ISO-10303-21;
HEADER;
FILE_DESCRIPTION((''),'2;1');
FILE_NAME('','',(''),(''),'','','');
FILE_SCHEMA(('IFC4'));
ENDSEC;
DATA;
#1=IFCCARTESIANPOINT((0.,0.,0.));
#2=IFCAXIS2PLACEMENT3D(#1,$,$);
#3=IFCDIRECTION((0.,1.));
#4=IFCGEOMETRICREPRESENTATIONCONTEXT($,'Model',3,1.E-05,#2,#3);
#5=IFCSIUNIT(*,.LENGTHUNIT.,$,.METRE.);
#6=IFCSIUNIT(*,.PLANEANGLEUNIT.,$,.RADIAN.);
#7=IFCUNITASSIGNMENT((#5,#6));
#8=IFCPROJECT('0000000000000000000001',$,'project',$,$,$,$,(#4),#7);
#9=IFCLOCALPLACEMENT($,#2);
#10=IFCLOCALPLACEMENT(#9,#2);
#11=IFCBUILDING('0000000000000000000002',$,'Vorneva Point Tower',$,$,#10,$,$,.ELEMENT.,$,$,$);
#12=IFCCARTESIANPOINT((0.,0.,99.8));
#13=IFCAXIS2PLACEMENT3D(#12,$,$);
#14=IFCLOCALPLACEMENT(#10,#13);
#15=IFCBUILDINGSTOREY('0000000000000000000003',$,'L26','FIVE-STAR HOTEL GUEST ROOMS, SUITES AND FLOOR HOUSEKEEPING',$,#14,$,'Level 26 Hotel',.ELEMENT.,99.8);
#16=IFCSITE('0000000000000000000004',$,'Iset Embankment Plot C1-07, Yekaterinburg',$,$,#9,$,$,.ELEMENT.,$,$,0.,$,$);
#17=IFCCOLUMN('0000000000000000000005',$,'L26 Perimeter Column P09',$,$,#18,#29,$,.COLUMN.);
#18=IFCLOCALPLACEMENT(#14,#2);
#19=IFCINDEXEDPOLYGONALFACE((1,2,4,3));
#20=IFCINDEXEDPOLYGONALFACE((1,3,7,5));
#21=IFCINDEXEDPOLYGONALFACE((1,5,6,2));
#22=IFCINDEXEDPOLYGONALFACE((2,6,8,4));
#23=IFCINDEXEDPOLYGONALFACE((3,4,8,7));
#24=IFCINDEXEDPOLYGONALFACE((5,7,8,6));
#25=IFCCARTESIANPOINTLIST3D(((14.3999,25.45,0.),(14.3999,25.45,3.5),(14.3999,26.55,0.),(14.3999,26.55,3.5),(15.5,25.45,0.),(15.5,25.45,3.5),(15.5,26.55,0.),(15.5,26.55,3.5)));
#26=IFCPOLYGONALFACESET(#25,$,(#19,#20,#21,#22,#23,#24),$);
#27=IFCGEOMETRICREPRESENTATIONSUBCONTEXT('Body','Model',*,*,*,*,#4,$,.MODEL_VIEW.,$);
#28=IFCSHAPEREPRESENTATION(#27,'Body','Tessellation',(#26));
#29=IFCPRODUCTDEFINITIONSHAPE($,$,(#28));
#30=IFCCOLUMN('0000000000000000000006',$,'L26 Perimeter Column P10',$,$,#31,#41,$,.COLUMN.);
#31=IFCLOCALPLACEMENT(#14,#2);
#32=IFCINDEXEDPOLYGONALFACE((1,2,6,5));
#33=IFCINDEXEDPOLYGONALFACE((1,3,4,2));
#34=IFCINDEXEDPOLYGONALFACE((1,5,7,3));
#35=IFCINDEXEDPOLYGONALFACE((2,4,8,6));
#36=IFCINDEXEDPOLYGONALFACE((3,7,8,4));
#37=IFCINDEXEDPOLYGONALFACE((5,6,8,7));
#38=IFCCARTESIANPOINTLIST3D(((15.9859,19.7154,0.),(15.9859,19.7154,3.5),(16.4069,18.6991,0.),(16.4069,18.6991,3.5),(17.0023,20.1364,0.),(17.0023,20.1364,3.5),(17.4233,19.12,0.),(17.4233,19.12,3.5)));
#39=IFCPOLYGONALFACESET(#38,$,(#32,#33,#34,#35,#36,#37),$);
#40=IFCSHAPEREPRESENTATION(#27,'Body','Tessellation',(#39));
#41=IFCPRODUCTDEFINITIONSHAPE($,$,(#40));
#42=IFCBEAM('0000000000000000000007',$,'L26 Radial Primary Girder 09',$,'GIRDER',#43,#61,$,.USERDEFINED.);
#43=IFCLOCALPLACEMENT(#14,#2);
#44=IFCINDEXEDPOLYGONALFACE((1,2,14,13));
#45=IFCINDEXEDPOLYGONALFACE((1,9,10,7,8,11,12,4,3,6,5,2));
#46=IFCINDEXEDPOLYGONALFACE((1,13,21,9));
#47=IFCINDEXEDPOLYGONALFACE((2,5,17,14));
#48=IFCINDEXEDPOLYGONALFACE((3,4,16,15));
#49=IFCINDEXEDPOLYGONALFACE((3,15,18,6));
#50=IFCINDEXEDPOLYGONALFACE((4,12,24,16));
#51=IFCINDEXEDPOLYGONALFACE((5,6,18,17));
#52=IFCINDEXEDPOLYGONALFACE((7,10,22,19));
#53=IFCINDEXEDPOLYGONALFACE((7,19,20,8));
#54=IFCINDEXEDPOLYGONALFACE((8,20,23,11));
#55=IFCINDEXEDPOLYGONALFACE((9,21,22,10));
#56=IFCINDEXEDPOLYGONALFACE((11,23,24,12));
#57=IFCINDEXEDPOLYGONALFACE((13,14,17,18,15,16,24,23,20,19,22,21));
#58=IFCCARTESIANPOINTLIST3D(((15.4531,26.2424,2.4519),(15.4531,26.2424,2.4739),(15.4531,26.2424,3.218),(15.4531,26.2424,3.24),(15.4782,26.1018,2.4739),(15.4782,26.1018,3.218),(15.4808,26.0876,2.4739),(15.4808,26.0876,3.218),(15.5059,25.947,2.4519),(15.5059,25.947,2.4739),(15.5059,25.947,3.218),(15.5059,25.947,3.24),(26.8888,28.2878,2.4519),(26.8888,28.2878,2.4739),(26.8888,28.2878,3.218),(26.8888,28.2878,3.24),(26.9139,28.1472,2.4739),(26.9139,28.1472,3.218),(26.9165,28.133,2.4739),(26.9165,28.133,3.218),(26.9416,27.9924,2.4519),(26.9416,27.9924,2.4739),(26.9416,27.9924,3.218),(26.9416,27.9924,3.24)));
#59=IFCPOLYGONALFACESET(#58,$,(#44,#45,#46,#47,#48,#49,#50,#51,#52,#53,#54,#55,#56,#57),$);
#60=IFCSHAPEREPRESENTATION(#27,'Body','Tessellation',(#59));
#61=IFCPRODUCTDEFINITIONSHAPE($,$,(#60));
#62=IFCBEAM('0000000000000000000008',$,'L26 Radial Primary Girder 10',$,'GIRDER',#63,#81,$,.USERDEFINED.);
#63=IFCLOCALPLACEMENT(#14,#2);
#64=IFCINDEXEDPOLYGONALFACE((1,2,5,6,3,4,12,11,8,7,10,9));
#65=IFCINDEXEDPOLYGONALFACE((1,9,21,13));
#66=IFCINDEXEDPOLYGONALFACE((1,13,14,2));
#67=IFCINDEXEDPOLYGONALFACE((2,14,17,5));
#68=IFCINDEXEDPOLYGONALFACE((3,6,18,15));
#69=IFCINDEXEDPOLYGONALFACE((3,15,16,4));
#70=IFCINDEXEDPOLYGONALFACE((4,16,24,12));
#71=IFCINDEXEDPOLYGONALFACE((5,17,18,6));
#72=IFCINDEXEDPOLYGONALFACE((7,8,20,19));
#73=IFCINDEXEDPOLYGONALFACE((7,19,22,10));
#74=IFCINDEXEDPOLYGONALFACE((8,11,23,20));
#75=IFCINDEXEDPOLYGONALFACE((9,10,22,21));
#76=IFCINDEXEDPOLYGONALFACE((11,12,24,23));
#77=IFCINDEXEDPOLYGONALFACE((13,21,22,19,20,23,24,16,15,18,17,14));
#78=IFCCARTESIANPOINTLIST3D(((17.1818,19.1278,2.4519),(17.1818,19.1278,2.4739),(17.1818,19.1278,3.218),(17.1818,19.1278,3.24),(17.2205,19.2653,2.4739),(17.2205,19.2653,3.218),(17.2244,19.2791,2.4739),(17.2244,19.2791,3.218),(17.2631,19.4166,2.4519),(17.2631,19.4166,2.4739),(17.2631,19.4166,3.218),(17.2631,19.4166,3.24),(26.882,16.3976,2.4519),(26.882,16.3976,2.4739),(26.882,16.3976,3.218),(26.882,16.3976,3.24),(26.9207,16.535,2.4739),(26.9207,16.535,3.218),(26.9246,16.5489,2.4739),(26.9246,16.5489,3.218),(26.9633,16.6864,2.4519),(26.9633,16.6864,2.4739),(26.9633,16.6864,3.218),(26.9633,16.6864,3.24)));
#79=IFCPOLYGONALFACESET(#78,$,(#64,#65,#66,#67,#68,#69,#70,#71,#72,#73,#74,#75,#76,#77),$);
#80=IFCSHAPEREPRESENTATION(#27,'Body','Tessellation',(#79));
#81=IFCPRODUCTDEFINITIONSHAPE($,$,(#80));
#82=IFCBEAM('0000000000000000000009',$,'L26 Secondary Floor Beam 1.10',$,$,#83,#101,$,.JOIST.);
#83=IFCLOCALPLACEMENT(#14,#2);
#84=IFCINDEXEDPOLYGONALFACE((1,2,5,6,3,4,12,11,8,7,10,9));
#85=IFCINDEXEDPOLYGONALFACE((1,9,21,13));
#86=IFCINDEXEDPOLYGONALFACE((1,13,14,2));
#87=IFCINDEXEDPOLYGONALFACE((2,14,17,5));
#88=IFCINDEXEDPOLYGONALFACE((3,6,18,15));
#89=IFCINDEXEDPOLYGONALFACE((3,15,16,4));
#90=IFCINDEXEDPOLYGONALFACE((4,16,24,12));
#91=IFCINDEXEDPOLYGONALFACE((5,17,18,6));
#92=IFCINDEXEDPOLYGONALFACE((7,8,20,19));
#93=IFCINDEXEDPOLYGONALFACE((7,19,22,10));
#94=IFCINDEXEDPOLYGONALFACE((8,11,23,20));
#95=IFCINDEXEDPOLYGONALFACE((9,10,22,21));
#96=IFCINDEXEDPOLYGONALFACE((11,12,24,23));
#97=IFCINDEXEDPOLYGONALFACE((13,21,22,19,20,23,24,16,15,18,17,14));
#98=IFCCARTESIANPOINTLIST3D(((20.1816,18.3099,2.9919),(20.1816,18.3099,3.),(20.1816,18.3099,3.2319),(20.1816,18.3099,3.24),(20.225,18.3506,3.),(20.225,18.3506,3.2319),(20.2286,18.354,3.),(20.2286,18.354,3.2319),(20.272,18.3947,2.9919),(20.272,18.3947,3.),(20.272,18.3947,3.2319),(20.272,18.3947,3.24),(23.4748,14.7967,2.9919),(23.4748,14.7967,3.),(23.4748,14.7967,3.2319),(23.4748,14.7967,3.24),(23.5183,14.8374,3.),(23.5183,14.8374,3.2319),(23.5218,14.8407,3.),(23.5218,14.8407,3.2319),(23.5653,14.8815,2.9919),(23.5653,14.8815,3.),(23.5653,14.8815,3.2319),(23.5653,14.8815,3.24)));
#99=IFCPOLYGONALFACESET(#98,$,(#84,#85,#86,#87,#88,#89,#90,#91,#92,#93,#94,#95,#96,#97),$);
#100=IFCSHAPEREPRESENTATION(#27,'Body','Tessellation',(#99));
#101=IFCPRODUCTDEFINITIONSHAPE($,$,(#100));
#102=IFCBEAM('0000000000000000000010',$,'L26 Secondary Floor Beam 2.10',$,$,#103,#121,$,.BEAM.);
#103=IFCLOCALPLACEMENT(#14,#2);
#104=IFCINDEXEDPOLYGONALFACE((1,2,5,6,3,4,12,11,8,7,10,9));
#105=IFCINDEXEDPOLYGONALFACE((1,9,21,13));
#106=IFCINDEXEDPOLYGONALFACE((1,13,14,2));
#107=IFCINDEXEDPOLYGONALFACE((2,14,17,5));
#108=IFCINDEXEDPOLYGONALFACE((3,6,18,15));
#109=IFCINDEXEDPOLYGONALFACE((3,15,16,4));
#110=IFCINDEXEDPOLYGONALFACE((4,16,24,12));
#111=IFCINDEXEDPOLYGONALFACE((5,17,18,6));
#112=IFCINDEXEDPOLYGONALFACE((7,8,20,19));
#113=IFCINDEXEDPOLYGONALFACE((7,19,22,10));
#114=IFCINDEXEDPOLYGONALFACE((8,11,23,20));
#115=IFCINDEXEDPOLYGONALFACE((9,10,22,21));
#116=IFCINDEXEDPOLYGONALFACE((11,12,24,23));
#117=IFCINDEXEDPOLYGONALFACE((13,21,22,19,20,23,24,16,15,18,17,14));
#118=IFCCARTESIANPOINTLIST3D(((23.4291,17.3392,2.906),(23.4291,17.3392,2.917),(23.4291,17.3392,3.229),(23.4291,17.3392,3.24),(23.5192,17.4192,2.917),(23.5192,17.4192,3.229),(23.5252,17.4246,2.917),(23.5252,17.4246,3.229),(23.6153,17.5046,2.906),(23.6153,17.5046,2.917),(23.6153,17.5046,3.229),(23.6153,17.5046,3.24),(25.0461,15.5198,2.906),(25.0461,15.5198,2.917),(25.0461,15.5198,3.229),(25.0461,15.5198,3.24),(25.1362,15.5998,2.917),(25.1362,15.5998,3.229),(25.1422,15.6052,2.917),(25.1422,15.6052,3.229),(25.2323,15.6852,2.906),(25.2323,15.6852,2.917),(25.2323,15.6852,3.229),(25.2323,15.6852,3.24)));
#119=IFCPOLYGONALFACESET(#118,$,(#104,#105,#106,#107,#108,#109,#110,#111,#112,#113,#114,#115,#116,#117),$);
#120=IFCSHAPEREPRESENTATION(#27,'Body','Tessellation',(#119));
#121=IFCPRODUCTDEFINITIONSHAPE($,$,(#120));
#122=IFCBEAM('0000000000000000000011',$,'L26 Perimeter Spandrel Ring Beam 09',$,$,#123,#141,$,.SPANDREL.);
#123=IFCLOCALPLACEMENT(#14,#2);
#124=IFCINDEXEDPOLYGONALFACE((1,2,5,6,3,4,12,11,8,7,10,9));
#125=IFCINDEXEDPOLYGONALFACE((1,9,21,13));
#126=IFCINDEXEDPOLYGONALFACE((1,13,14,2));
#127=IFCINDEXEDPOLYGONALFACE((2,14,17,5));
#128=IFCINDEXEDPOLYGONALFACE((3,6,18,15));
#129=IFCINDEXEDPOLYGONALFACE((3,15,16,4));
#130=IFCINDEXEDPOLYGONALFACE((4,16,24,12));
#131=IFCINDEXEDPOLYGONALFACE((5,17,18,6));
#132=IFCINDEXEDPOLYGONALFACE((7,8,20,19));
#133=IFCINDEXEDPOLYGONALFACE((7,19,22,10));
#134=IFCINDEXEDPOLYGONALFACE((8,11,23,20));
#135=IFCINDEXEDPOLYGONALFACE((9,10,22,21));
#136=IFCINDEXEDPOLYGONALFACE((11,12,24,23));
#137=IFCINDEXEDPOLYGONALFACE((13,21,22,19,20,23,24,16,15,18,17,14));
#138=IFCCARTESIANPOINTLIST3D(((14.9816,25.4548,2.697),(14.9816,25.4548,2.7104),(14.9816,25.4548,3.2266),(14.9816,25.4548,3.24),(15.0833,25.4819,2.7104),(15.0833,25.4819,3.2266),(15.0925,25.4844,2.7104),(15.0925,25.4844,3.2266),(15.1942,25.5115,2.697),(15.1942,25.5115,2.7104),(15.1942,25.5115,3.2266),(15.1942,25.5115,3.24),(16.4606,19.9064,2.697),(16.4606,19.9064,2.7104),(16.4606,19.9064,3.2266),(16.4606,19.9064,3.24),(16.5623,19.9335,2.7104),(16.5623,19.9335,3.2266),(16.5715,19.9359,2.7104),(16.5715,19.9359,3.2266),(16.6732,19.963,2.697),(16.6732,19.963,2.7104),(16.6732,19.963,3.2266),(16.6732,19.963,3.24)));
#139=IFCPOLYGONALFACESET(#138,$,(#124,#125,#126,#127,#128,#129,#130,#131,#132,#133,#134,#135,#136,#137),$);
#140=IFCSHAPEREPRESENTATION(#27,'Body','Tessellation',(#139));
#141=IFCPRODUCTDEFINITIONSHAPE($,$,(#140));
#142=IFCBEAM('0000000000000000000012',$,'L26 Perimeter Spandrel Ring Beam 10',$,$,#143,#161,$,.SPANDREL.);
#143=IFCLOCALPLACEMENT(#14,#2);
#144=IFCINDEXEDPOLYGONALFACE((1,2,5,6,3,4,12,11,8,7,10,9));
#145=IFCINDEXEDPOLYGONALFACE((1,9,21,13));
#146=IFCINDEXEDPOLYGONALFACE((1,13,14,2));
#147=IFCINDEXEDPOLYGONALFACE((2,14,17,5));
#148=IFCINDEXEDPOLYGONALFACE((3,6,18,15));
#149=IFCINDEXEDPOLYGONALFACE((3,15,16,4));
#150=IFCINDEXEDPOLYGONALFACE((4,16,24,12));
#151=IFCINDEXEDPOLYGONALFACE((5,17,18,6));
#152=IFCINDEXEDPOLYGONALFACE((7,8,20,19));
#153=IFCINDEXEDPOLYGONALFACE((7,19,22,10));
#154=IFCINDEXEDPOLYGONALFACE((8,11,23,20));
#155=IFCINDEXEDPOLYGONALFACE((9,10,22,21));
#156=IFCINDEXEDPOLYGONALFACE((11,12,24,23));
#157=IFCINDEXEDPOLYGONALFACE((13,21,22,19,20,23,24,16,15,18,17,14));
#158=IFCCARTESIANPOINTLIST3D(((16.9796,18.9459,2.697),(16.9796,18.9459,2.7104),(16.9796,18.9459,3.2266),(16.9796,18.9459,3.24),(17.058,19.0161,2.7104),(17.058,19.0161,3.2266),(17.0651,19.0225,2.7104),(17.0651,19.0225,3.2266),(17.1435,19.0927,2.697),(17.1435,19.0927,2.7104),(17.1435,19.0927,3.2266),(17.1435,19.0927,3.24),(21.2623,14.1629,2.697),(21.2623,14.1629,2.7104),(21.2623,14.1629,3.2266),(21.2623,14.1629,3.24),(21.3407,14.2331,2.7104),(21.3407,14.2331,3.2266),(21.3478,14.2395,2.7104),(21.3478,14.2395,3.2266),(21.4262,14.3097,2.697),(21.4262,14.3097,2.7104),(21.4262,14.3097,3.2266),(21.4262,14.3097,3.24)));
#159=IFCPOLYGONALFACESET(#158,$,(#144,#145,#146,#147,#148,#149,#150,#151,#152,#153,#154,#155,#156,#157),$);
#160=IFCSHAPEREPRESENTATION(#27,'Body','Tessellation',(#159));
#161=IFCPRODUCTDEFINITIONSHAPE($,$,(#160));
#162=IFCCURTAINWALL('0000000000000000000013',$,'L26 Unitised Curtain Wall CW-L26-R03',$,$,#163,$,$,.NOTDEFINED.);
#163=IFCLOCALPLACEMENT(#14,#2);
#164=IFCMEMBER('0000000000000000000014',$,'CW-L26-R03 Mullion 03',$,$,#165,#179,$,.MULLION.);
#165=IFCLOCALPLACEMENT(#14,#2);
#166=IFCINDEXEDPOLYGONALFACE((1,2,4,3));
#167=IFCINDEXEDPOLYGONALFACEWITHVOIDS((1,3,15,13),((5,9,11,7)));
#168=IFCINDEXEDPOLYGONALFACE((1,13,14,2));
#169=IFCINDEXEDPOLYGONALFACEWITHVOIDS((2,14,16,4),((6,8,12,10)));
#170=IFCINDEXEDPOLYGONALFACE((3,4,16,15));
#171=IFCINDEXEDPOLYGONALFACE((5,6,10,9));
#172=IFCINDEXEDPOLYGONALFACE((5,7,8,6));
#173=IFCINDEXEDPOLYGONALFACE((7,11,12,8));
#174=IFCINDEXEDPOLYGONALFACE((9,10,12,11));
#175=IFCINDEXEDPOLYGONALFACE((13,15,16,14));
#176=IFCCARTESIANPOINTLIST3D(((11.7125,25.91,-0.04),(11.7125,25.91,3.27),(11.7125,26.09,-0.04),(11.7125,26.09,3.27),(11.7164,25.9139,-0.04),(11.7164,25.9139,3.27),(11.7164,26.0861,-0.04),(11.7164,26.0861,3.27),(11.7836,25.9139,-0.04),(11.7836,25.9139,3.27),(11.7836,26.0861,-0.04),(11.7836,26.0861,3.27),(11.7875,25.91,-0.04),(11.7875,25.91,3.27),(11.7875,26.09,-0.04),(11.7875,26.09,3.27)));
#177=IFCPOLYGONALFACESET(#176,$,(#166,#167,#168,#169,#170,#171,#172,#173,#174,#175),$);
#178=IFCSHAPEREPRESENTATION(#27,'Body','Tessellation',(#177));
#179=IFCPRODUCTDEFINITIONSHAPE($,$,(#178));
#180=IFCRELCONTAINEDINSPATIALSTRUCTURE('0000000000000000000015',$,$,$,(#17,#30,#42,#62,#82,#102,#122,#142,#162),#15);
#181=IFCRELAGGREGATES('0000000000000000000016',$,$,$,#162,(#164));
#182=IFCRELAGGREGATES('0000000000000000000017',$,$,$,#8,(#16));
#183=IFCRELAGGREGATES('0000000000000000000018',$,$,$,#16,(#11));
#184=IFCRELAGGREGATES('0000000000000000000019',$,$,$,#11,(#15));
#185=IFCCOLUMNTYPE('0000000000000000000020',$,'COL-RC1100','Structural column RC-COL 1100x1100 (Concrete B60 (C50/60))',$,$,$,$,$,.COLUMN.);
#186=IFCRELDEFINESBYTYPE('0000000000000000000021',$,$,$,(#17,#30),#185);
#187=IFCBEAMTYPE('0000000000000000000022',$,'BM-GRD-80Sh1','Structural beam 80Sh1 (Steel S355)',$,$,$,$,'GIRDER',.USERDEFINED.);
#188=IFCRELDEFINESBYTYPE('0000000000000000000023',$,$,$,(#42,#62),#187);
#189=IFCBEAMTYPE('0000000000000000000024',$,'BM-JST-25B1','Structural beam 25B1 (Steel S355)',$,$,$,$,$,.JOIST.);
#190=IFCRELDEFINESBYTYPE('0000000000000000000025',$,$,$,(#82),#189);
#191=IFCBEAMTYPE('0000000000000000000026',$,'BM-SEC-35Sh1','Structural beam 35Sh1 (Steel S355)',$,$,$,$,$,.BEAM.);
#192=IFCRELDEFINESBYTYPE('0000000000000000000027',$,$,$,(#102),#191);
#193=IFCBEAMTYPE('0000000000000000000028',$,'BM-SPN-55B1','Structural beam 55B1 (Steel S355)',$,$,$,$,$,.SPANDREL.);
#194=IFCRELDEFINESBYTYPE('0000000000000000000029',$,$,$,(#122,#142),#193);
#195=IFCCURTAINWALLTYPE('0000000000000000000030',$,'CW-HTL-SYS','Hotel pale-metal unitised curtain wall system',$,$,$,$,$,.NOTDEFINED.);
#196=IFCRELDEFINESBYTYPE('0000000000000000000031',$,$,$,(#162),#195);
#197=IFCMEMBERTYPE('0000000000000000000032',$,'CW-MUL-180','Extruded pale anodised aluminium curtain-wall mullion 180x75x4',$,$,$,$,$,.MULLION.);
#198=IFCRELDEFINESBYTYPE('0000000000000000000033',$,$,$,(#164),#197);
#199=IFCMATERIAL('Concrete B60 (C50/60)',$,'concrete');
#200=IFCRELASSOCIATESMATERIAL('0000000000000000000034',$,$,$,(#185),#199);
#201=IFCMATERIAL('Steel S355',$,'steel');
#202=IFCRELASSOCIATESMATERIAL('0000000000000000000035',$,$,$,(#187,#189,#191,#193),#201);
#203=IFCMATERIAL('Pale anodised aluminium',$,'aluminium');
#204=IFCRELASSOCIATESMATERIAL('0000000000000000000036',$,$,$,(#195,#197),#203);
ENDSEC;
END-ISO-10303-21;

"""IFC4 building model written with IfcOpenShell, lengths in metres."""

from ifc_helpers import new_model, si_unit, direction, frame, origin, origin_2d, place, context, subcontext, project, spatial, rectangle, hollow_rectangle, i_section, extrude, material, material_profile, profile_set, type_object, element, aggregate, save


model = new_model("IFC4")

# Units and contexts
model_context = context("Model", 3, precision=1e-05, world=origin(), true_north=direction((0.0, 1.0)))
body_context = subcontext(model_context, "Body", "Model", "MODEL_VIEW")
ifc_project = project(units=[si_unit("LENGTHUNIT", "METRE"), si_unit("PLANEANGLEUNIT", "RADIAN")], contexts=[model_context])

# Site, building, storey
site_placement = place(None, origin())
site = spatial("IfcSite", under=ifc_project, at=site_placement, Name="Iset Embankment Plot C1-07, Yekaterinburg", CompositionType="ELEMENT", RefElevation=0.0)
building_placement = place(site_placement, origin())
building = spatial("IfcBuilding", under=site, at=building_placement, Name="Vorneva Point Tower", CompositionType="ELEMENT")
storey_placement = place(building_placement, frame((0.0, 0.0, 99.8)))
storey = spatial("IfcBuildingStorey", under=building, at=storey_placement, Name="L26", Description="FIVE-STAR HOTEL GUEST ROOMS, SUITES AND FLOOR HOUSEKEEPING", LongName="Level 26 Hotel", CompositionType="ELEMENT", Elevation=99.8)

# Columns
ifc_material_1 = material(Name="Concrete B60 (C50/60)", Category="concrete")
ifc_material_profile_1 = material_profile(ifc_material_1, rectangle(XDim=1.1001, YDim=1.1001, at=origin_2d()), Name="RC-COL 1100x1100")
ifc_profile_set_1 = profile_set([ifc_material_profile_1], Name="Concrete B60 (C50/60)")
column_type = type_object("IfcColumnType", Name="COL-RC1100", Description="Structural column RC-COL 1100x1100 (Concrete B60 (C50/60))", PredefinedType="COLUMN", material=ifc_profile_set_1)
for number, where, z_axis, x_axis, name in (
    (1, (14.95, 26.0, 0.0), (0.0, 0.0, 1.0), (-1.0, 0.0, 0.0), "L26 Perimeter Column P09"),
    (2, (16.7046, 19.4177, 0.0), (0.0, 0.0, 1.0), (-0.92388, -0.382683, 0.0), "L26 Perimeter Column P10"),
):
    element("IfcColumn", number, at=place(storey_placement, frame(where, z_axis=z_axis, x_axis=x_axis)), inside=storey, type_object=column_type, Name=name, PredefinedType="COLUMN", context=body_context, shape_type="SweptSolid", body=[
        extrude(rectangle(XDim=1.1001, YDim=1.1001, at=origin_2d()), origin(), (0.0, 0.0, 1.0), 3.5),
    ])

# Beams
ifc_material_2 = material(Name="Steel S355", Category="steel")
ifc_material_profile_2 = material_profile(ifc_material_2, i_section(OverallWidth=0.3, OverallDepth=0.7881, WebThickness=0.0144, FlangeThickness=0.022, at=origin_2d()), Name="80Sh1")
ifc_profile_set_2 = profile_set([ifc_material_profile_2], Name="Steel S355")
beam_type_1 = type_object("IfcBeamType", Name="BM-GRD-80Sh1", Description="Structural beam 80Sh1 (Steel S355)", ElementType="GIRDER", PredefinedType="USERDEFINED", material=ifc_profile_set_2)
beam_1_placement = place(storey_placement, frame((15.4795, 26.0947, 2.8459), z_axis=(0.984378, 0.176066, 0.0), x_axis=(-0.176066, 0.984378, 0.0)))
element("IfcBeam", 3, at=beam_1_placement, inside=storey, type_object=beam_type_1, Name="L26 Radial Primary Girder 09", ObjectType="GIRDER", PredefinedType="USERDEFINED", context=body_context, shape_type="SweptSolid", body=[
    extrude(i_section(OverallWidth=0.3, OverallDepth=0.7881, WebThickness=0.0144, FlangeThickness=0.022, at=origin_2d()), origin(), (0.0, 0.0, 1.0), 11.6172),
])
beam_2_placement = place(storey_placement, frame((17.2224, 19.2722, 2.8459), z_axis=(0.962598, -0.270934, 0.0), x_axis=(0.270934, 0.962598, 0.0)))
element("IfcBeam", 4, at=beam_2_placement, inside=storey, type_object=beam_type_1, Name="L26 Radial Primary Girder 10", ObjectType="GIRDER", PredefinedType="USERDEFINED", context=body_context, shape_type="SweptSolid", body=[
    extrude(i_section(OverallWidth=0.3, OverallDepth=0.7881, WebThickness=0.0144, FlangeThickness=0.022, at=origin_2d()), origin(), (0.0, 0.0, 1.0), 10.0771),
])
ifc_material_profile_3 = material_profile(ifc_material_2, i_section(OverallWidth=0.124, OverallDepth=0.248, WebThickness=0.0049, FlangeThickness=0.0081, at=origin_2d()), Name="25B1")
ifc_profile_set_3 = profile_set([ifc_material_profile_3], Name="Steel S355")
beam_type_2 = type_object("IfcBeamType", Name="BM-JST-25B1", Description="Structural beam 25B1 (Steel S355)", PredefinedType="JOIST", material=ifc_profile_set_3)
beam_3_placement = place(storey_placement, frame((20.2268, 18.3523, 3.116), z_axis=(0.683897, -0.729578, 0.0), x_axis=(0.729578, 0.683897, 0.0)))
element("IfcBeam", 5, at=beam_3_placement, inside=storey, type_object=beam_type_2, Name="L26 Secondary Floor Beam 1.10", PredefinedType="JOIST", context=body_context, shape_type="SweptSolid", body=[
    extrude(i_section(OverallWidth=0.124, OverallDepth=0.248, WebThickness=0.0049, FlangeThickness=0.0081, at=origin_2d()), origin(), (0.0, 0.0, 1.0), 4.8154),
])
ifc_material_profile_4 = material_profile(ifc_material_2, i_section(OverallWidth=0.249, OverallDepth=0.334, WebThickness=0.0081, FlangeThickness=0.011, at=origin_2d()), Name="35Sh1")
ifc_profile_set_4 = profile_set([ifc_material_profile_4], Name="Steel S355")
beam_type_3 = type_object("IfcBeamType", Name="BM-SEC-35Sh1", Description="Structural beam 35Sh1 (Steel S355)", PredefinedType="BEAM", material=ifc_profile_set_4)
beam_4_placement = place(storey_placement, frame((23.5222, 17.4219, 3.073), z_axis=(0.664308, -0.747459, 0.0), x_axis=(0.747459, 0.664308, 0.0)))
element("IfcBeam", 6, at=beam_4_placement, inside=storey, type_object=beam_type_3, Name="L26 Secondary Floor Beam 2.10", PredefinedType="BEAM", context=body_context, shape_type="SweptSolid", body=[
    extrude(i_section(OverallWidth=0.249, OverallDepth=0.334, WebThickness=0.0081, FlangeThickness=0.011, at=origin_2d()), origin(), (0.0, 0.0, 1.0), 2.4341),
])
ifc_material_profile_5 = material_profile(ifc_material_2, i_section(OverallWidth=0.22, OverallDepth=0.543, WebThickness=0.0095, FlangeThickness=0.0134, at=origin_2d()), Name="55B1")
ifc_profile_set_5 = profile_set([ifc_material_profile_5], Name="Steel S355")
beam_type_4 = type_object("IfcBeamType", Name="BM-SPN-55B1", Description="Structural beam 55B1 (Steel S355)", PredefinedType="SPANDREL", material=ifc_profile_set_5)
beam_5_placement = place(storey_placement, frame((15.0879, 25.4832, 2.9685), z_axis=(0.257573, -0.966259, 0.0), x_axis=(0.966259, 0.257573, 0.0)))
element("IfcBeam", 7, at=beam_5_placement, inside=storey, type_object=beam_type_4, Name="L26 Perimeter Spandrel Ring Beam 09", PredefinedType="SPANDREL", context=body_context, shape_type="SweptSolid", body=[
    extrude(i_section(OverallWidth=0.22, OverallDepth=0.543, WebThickness=0.0095, FlangeThickness=0.0134, at=origin_2d()), origin(), (0.0, 0.0, 1.0), 5.7422),
])
beam_6_placement = place(storey_placement, frame((17.0615, 19.0193, 2.9685), z_axis=(0.667074, -0.744992, 0.0), x_axis=(0.744992, 0.667074, 0.0)))
element("IfcBeam", 8, at=beam_6_placement, inside=storey, type_object=beam_type_4, Name="L26 Perimeter Spandrel Ring Beam 10", PredefinedType="SPANDREL", context=body_context, shape_type="SweptSolid", body=[
    extrude(i_section(OverallWidth=0.22, OverallDepth=0.543, WebThickness=0.0095, FlangeThickness=0.0134, at=origin_2d()), origin(), (0.0, 0.0, 1.0), 6.4202),
])

# Curtain wall, member
ifc_material_3 = material(Name="Pale anodised aluminium", Category="aluminium")
curtain_wall_type = type_object("IfcCurtainWallType", Name="CW-HTL-SYS", Description="Hotel pale-metal unitised curtain wall system", PredefinedType="NOTDEFINED", material=ifc_material_3)
curtain_wall_placement = place(storey_placement, origin())
curtain_wall = element("IfcCurtainWall", 9, at=curtain_wall_placement, inside=storey, type_object=curtain_wall_type, Name="L26 Unitised Curtain Wall CW-L26-R03", PredefinedType="NOTDEFINED")
ifc_material_profile_6 = material_profile(ifc_material_3, hollow_rectangle(XDim=0.075, YDim=0.1799, WallThickness=0.0039, at=origin_2d()), Name="AL-MUL 180x75x4")
ifc_profile_set_6 = profile_set([ifc_material_profile_6], Name="Pale anodised aluminium")
member_type_1 = type_object("IfcMemberType", Name="CW-MUL-180", Description="Extruded pale anodised aluminium curtain-wall mullion 180x75x4", PredefinedType="MULLION", material=ifc_profile_set_6)
member_1_placement = place(storey_placement, frame((11.75, 26.0, -0.04), z_axis=(0.0, 0.0, 1.0), x_axis=(1.0, 0.0, 0.0)))
member_1 = element("IfcMember", 10, at=member_1_placement, type_object=member_type_1, Name="CW-L26-R03 Mullion 03", PredefinedType="MULLION", context=body_context, shape_type="SweptSolid", body=[
    extrude(hollow_rectangle(XDim=0.075, YDim=0.1799, WallThickness=0.0039, at=origin_2d()), origin(), (0.0, 0.0, 1.0), 3.3101),
])
aggregate(curtain_wall, [member_1])

save(model, "model.ifc")
